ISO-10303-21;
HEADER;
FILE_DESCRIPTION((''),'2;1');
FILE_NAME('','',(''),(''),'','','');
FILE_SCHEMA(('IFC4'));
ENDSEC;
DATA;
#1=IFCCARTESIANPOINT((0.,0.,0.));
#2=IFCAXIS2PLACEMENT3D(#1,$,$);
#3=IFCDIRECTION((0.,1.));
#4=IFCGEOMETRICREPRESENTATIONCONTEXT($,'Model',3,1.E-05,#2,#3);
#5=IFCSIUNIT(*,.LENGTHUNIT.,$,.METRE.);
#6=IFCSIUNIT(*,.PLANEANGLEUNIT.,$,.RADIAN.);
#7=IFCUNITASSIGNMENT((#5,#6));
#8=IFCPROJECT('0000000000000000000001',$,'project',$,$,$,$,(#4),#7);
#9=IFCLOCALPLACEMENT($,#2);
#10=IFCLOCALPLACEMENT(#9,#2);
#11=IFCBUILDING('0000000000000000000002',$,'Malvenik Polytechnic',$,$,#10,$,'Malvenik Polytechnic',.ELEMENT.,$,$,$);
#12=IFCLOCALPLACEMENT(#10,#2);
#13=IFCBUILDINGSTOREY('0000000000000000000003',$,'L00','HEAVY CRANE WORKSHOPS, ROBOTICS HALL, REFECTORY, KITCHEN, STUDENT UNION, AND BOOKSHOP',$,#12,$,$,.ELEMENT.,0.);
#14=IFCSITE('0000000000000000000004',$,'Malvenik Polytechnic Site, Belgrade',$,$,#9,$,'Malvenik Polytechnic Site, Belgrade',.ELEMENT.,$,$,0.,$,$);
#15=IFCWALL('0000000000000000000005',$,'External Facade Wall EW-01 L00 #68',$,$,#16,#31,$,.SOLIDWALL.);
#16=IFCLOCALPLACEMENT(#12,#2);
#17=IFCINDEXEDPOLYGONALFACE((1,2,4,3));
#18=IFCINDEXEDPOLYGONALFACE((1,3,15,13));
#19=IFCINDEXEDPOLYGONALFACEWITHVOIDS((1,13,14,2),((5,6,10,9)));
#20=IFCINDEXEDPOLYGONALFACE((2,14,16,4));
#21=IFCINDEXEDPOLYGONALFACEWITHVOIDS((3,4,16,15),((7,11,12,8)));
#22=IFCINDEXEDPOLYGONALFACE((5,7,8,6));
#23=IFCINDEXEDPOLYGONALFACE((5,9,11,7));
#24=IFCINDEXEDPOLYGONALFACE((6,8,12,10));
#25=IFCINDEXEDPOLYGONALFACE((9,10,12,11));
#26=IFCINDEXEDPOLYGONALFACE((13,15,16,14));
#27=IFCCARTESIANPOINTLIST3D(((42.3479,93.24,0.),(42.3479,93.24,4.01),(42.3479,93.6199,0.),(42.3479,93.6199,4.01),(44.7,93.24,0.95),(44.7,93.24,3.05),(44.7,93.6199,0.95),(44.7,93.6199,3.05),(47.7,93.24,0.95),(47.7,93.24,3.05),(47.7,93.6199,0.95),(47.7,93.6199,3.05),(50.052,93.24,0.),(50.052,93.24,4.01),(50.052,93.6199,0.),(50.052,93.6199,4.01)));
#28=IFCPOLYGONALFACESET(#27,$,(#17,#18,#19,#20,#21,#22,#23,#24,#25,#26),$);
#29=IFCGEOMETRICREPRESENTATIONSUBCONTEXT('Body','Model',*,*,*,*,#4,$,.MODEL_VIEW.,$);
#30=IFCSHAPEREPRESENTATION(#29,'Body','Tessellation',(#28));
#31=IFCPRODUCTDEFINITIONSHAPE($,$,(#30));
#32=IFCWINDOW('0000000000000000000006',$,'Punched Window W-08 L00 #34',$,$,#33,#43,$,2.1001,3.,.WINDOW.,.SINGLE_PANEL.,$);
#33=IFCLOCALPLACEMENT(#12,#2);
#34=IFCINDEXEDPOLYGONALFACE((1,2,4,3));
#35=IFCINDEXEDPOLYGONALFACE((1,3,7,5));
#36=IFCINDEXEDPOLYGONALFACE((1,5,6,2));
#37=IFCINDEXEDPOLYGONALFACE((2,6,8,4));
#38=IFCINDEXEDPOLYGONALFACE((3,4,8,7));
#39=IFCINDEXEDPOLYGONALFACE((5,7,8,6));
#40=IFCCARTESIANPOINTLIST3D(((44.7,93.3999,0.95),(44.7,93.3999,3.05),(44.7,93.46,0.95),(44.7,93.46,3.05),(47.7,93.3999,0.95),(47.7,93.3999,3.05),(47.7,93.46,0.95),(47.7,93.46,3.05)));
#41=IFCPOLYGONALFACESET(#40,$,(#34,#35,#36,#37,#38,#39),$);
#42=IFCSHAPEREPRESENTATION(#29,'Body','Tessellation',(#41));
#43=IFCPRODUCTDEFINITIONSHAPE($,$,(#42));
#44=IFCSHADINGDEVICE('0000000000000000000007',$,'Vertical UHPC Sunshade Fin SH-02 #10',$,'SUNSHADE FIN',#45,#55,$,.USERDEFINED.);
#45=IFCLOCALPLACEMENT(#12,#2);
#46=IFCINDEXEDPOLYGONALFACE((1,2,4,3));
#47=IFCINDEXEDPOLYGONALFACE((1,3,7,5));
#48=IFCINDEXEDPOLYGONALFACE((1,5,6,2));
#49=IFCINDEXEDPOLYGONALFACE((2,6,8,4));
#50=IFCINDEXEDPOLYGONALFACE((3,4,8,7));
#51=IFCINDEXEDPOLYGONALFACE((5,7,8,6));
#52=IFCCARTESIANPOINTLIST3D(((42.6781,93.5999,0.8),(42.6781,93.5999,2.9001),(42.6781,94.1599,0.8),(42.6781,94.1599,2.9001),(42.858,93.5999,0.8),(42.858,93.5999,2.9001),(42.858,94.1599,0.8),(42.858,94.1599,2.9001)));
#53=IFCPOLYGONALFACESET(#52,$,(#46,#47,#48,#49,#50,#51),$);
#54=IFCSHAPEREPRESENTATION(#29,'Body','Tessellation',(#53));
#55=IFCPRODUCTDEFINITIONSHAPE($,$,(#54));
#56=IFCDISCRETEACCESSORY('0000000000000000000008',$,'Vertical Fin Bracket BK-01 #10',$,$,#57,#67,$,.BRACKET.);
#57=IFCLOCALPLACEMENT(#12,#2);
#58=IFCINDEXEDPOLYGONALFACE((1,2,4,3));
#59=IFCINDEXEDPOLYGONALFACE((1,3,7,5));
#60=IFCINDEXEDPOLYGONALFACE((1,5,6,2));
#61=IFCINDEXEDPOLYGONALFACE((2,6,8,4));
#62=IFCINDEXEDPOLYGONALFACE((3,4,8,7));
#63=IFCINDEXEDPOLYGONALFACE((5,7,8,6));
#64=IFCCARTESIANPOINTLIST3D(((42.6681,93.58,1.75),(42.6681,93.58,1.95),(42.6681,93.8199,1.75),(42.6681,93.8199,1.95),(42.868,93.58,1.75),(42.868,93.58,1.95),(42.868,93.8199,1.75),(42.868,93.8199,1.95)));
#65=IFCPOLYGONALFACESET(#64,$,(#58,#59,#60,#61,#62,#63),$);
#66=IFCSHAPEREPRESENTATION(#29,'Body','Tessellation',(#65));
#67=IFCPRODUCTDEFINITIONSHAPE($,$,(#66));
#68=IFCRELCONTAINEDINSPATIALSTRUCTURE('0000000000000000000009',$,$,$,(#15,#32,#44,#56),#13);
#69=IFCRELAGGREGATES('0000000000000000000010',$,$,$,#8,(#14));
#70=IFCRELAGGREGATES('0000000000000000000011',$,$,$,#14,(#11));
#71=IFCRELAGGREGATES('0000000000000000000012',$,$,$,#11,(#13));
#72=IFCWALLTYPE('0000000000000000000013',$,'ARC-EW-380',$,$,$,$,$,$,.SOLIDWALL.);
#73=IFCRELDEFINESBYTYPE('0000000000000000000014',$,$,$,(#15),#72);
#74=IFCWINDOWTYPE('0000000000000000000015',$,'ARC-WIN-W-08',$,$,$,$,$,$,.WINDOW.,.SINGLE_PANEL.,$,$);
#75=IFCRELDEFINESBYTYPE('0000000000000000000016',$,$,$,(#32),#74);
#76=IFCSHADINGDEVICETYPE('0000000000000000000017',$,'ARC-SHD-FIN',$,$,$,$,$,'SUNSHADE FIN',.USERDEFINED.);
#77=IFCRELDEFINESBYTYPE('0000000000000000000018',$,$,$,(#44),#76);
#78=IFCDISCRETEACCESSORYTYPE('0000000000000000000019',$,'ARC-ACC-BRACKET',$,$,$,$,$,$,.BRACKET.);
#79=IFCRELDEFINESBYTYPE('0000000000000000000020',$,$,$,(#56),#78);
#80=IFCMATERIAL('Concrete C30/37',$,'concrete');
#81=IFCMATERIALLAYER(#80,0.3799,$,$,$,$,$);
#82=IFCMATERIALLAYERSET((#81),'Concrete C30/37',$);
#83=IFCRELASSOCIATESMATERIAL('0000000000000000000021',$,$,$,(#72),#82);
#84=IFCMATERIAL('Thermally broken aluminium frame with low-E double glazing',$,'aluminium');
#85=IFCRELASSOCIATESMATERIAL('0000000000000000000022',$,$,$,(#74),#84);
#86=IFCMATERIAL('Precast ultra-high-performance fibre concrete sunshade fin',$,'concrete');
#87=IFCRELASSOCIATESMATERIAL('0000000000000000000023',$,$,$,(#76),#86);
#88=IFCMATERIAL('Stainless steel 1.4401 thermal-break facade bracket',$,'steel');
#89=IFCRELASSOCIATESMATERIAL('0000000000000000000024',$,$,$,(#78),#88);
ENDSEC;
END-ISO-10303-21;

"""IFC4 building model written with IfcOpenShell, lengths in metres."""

from ifc_helpers import new_model, si_unit, direction, frame, frame_2d, origin, origin_2d, place, context, subcontext, project, spatial, rectangle, extrude, material, layer, layer_set, type_object, element, fill, save


model = new_model("IFC4")

# Units and contexts
model_context = context("Model", 3, precision=1e-05, world=origin(), true_north=direction((0.0, 1.0)))
body_context = subcontext(model_context, "Body", "Model", "MODEL_VIEW")
ifc_project = project(units=[si_unit("LENGTHUNIT", "METRE"), si_unit("PLANEANGLEUNIT", "RADIAN")], contexts=[model_context])

# Site, building, storey
site_placement = place(None, origin())
site = spatial("IfcSite", under=ifc_project, at=site_placement, Name="Malvenik Polytechnic Site, Belgrade", LongName="Malvenik Polytechnic Site, Belgrade", CompositionType="ELEMENT", RefElevation=0.0)
building_placement = place(site_placement, origin())
building = spatial("IfcBuilding", under=site, at=building_placement, Name="Malvenik Polytechnic", LongName="Malvenik Polytechnic", CompositionType="ELEMENT")
storey_placement = place(building_placement, origin())
storey = spatial("IfcBuildingStorey", under=building, at=storey_placement, Name="L00", Description="HEAVY CRANE WORKSHOPS, ROBOTICS HALL, REFECTORY, KITCHEN, STUDENT UNION, AND BOOKSHOP", CompositionType="ELEMENT", Elevation=0.0)

# Shared definitions
ifc_material_1 = material(Name="Concrete C30/37", Category="concrete")

# Wall, opening, window
ifc_layer_1 = layer(ifc_material_1, 0.3799)
ifc_layer_set_1 = layer_set([ifc_layer_1], Name="Concrete C30/37")
wall_type = type_object("IfcWallType", Name="ARC-EW-380", PredefinedType="SOLIDWALL", material=ifc_layer_set_1)
wall_1_placement = place(storey_placement, frame((42.3479, 93.4299, 0.0), z_axis=(0.0, 0.0, 1.0), x_axis=(1.0, 0.0, 0.0)))
wall_1 = element("IfcWall", 1, at=wall_1_placement, inside=storey, type_object=wall_type, Name="External Facade Wall EW-01 L00 #68", PredefinedType="SOLIDWALL", context=body_context, shape_type="SweptSolid", body=[
    extrude(rectangle(XDim=7.7041, YDim=0.3799, at=frame_2d((3.8521, 0.0))), origin(), (0.0, 0.0, 1.0), 4.01),
])
opening_1_placement = place(wall_1_placement, frame((2.3521, 0.0, 0.95)))
opening_1 = element("IfcOpeningElement", 2, at=opening_1_placement, cuts=wall_1, PredefinedType="OPENING", context=body_context, shape_type="SweptSolid", body=[
    extrude(rectangle(XDim=3.0, YDim=2.1001, at=frame_2d((1.5, 1.05))), frame((0.0, 0.2, 0.0), z_axis=(0.0, -1.0, 0.0), x_axis=(1.0, 0.0, 0.0)), (0.0, 0.0, 1.0), 0.3999),
])
ifc_material_2 = material(Name="Thermally broken aluminium frame with low-E double glazing", Category="aluminium")
window_type = type_object("IfcWindowType", Name="ARC-WIN-W-08", PartitioningType="SINGLE_PANEL", PredefinedType="WINDOW", material=ifc_material_2)
window_placement = place(opening_1_placement, origin())
window = element("IfcWindow", 3, at=window_placement, inside=storey, type_object=window_type, Name="Punched Window W-08 L00 #34", OverallHeight=2.1001, OverallWidth=3.0, PartitioningType="SINGLE_PANEL", PredefinedType="WINDOW", context=body_context, shape_type="SweptSolid", body=[
    extrude(rectangle(XDim=3.0, YDim=2.1001, at=frame_2d((1.5, 1.05))), frame((0.0, 0.03, 0.0), z_axis=(0.0, -1.0, 0.0), x_axis=(1.0, 0.0, 0.0)), (0.0, 0.0, 1.0), 0.0601),
])
fill(opening_1, window)

# Shading device
ifc_material_3 = material(Name="Precast ultra-high-performance fibre concrete sunshade fin", Category="concrete")
shading_device_type = type_object("IfcShadingDeviceType", Name="ARC-SHD-FIN", ElementType="SUNSHADE FIN", PredefinedType="USERDEFINED", material=ifc_material_3)
shading_device_placement = place(storey_placement, frame((42.7681, 93.8799, 0.8), z_axis=(0.0, 0.0, 1.0), x_axis=(1.0, 0.0, 0.0)))
element("IfcShadingDevice", 4, at=shading_device_placement, inside=storey, type_object=shading_device_type, Name="Vertical UHPC Sunshade Fin SH-02 #10", ObjectType="SUNSHADE FIN", PredefinedType="USERDEFINED", context=body_context, shape_type="SweptSolid", body=[
    extrude(rectangle(XDim=0.1799, YDim=0.5601, at=origin_2d()), origin(), (0.0, 0.0, 1.0), 2.1001),
])

# Discrete accessory
ifc_material_4 = material(Name="Stainless steel 1.4401 thermal-break facade bracket", Category="steel")
discrete_accessory_type = type_object("IfcDiscreteAccessoryType", Name="ARC-ACC-BRACKET", PredefinedType="BRACKET", material=ifc_material_4)
discrete_accessory_placement = place(storey_placement, frame((42.7681, 93.7, 1.75), z_axis=(0.0, 0.0, 1.0), x_axis=(1.0, 0.0, 0.0)))
element("IfcDiscreteAccessory", 5, at=discrete_accessory_placement, inside=storey, type_object=discrete_accessory_type, Name="Vertical Fin Bracket BK-01 #10", PredefinedType="BRACKET", context=body_context, shape_type="SweptSolid", body=[
    extrude(rectangle(XDim=0.2, YDim=0.24, at=origin_2d()), origin(), (0.0, 0.0, 1.0), 0.2),
])

save(model, "model.ifc")
